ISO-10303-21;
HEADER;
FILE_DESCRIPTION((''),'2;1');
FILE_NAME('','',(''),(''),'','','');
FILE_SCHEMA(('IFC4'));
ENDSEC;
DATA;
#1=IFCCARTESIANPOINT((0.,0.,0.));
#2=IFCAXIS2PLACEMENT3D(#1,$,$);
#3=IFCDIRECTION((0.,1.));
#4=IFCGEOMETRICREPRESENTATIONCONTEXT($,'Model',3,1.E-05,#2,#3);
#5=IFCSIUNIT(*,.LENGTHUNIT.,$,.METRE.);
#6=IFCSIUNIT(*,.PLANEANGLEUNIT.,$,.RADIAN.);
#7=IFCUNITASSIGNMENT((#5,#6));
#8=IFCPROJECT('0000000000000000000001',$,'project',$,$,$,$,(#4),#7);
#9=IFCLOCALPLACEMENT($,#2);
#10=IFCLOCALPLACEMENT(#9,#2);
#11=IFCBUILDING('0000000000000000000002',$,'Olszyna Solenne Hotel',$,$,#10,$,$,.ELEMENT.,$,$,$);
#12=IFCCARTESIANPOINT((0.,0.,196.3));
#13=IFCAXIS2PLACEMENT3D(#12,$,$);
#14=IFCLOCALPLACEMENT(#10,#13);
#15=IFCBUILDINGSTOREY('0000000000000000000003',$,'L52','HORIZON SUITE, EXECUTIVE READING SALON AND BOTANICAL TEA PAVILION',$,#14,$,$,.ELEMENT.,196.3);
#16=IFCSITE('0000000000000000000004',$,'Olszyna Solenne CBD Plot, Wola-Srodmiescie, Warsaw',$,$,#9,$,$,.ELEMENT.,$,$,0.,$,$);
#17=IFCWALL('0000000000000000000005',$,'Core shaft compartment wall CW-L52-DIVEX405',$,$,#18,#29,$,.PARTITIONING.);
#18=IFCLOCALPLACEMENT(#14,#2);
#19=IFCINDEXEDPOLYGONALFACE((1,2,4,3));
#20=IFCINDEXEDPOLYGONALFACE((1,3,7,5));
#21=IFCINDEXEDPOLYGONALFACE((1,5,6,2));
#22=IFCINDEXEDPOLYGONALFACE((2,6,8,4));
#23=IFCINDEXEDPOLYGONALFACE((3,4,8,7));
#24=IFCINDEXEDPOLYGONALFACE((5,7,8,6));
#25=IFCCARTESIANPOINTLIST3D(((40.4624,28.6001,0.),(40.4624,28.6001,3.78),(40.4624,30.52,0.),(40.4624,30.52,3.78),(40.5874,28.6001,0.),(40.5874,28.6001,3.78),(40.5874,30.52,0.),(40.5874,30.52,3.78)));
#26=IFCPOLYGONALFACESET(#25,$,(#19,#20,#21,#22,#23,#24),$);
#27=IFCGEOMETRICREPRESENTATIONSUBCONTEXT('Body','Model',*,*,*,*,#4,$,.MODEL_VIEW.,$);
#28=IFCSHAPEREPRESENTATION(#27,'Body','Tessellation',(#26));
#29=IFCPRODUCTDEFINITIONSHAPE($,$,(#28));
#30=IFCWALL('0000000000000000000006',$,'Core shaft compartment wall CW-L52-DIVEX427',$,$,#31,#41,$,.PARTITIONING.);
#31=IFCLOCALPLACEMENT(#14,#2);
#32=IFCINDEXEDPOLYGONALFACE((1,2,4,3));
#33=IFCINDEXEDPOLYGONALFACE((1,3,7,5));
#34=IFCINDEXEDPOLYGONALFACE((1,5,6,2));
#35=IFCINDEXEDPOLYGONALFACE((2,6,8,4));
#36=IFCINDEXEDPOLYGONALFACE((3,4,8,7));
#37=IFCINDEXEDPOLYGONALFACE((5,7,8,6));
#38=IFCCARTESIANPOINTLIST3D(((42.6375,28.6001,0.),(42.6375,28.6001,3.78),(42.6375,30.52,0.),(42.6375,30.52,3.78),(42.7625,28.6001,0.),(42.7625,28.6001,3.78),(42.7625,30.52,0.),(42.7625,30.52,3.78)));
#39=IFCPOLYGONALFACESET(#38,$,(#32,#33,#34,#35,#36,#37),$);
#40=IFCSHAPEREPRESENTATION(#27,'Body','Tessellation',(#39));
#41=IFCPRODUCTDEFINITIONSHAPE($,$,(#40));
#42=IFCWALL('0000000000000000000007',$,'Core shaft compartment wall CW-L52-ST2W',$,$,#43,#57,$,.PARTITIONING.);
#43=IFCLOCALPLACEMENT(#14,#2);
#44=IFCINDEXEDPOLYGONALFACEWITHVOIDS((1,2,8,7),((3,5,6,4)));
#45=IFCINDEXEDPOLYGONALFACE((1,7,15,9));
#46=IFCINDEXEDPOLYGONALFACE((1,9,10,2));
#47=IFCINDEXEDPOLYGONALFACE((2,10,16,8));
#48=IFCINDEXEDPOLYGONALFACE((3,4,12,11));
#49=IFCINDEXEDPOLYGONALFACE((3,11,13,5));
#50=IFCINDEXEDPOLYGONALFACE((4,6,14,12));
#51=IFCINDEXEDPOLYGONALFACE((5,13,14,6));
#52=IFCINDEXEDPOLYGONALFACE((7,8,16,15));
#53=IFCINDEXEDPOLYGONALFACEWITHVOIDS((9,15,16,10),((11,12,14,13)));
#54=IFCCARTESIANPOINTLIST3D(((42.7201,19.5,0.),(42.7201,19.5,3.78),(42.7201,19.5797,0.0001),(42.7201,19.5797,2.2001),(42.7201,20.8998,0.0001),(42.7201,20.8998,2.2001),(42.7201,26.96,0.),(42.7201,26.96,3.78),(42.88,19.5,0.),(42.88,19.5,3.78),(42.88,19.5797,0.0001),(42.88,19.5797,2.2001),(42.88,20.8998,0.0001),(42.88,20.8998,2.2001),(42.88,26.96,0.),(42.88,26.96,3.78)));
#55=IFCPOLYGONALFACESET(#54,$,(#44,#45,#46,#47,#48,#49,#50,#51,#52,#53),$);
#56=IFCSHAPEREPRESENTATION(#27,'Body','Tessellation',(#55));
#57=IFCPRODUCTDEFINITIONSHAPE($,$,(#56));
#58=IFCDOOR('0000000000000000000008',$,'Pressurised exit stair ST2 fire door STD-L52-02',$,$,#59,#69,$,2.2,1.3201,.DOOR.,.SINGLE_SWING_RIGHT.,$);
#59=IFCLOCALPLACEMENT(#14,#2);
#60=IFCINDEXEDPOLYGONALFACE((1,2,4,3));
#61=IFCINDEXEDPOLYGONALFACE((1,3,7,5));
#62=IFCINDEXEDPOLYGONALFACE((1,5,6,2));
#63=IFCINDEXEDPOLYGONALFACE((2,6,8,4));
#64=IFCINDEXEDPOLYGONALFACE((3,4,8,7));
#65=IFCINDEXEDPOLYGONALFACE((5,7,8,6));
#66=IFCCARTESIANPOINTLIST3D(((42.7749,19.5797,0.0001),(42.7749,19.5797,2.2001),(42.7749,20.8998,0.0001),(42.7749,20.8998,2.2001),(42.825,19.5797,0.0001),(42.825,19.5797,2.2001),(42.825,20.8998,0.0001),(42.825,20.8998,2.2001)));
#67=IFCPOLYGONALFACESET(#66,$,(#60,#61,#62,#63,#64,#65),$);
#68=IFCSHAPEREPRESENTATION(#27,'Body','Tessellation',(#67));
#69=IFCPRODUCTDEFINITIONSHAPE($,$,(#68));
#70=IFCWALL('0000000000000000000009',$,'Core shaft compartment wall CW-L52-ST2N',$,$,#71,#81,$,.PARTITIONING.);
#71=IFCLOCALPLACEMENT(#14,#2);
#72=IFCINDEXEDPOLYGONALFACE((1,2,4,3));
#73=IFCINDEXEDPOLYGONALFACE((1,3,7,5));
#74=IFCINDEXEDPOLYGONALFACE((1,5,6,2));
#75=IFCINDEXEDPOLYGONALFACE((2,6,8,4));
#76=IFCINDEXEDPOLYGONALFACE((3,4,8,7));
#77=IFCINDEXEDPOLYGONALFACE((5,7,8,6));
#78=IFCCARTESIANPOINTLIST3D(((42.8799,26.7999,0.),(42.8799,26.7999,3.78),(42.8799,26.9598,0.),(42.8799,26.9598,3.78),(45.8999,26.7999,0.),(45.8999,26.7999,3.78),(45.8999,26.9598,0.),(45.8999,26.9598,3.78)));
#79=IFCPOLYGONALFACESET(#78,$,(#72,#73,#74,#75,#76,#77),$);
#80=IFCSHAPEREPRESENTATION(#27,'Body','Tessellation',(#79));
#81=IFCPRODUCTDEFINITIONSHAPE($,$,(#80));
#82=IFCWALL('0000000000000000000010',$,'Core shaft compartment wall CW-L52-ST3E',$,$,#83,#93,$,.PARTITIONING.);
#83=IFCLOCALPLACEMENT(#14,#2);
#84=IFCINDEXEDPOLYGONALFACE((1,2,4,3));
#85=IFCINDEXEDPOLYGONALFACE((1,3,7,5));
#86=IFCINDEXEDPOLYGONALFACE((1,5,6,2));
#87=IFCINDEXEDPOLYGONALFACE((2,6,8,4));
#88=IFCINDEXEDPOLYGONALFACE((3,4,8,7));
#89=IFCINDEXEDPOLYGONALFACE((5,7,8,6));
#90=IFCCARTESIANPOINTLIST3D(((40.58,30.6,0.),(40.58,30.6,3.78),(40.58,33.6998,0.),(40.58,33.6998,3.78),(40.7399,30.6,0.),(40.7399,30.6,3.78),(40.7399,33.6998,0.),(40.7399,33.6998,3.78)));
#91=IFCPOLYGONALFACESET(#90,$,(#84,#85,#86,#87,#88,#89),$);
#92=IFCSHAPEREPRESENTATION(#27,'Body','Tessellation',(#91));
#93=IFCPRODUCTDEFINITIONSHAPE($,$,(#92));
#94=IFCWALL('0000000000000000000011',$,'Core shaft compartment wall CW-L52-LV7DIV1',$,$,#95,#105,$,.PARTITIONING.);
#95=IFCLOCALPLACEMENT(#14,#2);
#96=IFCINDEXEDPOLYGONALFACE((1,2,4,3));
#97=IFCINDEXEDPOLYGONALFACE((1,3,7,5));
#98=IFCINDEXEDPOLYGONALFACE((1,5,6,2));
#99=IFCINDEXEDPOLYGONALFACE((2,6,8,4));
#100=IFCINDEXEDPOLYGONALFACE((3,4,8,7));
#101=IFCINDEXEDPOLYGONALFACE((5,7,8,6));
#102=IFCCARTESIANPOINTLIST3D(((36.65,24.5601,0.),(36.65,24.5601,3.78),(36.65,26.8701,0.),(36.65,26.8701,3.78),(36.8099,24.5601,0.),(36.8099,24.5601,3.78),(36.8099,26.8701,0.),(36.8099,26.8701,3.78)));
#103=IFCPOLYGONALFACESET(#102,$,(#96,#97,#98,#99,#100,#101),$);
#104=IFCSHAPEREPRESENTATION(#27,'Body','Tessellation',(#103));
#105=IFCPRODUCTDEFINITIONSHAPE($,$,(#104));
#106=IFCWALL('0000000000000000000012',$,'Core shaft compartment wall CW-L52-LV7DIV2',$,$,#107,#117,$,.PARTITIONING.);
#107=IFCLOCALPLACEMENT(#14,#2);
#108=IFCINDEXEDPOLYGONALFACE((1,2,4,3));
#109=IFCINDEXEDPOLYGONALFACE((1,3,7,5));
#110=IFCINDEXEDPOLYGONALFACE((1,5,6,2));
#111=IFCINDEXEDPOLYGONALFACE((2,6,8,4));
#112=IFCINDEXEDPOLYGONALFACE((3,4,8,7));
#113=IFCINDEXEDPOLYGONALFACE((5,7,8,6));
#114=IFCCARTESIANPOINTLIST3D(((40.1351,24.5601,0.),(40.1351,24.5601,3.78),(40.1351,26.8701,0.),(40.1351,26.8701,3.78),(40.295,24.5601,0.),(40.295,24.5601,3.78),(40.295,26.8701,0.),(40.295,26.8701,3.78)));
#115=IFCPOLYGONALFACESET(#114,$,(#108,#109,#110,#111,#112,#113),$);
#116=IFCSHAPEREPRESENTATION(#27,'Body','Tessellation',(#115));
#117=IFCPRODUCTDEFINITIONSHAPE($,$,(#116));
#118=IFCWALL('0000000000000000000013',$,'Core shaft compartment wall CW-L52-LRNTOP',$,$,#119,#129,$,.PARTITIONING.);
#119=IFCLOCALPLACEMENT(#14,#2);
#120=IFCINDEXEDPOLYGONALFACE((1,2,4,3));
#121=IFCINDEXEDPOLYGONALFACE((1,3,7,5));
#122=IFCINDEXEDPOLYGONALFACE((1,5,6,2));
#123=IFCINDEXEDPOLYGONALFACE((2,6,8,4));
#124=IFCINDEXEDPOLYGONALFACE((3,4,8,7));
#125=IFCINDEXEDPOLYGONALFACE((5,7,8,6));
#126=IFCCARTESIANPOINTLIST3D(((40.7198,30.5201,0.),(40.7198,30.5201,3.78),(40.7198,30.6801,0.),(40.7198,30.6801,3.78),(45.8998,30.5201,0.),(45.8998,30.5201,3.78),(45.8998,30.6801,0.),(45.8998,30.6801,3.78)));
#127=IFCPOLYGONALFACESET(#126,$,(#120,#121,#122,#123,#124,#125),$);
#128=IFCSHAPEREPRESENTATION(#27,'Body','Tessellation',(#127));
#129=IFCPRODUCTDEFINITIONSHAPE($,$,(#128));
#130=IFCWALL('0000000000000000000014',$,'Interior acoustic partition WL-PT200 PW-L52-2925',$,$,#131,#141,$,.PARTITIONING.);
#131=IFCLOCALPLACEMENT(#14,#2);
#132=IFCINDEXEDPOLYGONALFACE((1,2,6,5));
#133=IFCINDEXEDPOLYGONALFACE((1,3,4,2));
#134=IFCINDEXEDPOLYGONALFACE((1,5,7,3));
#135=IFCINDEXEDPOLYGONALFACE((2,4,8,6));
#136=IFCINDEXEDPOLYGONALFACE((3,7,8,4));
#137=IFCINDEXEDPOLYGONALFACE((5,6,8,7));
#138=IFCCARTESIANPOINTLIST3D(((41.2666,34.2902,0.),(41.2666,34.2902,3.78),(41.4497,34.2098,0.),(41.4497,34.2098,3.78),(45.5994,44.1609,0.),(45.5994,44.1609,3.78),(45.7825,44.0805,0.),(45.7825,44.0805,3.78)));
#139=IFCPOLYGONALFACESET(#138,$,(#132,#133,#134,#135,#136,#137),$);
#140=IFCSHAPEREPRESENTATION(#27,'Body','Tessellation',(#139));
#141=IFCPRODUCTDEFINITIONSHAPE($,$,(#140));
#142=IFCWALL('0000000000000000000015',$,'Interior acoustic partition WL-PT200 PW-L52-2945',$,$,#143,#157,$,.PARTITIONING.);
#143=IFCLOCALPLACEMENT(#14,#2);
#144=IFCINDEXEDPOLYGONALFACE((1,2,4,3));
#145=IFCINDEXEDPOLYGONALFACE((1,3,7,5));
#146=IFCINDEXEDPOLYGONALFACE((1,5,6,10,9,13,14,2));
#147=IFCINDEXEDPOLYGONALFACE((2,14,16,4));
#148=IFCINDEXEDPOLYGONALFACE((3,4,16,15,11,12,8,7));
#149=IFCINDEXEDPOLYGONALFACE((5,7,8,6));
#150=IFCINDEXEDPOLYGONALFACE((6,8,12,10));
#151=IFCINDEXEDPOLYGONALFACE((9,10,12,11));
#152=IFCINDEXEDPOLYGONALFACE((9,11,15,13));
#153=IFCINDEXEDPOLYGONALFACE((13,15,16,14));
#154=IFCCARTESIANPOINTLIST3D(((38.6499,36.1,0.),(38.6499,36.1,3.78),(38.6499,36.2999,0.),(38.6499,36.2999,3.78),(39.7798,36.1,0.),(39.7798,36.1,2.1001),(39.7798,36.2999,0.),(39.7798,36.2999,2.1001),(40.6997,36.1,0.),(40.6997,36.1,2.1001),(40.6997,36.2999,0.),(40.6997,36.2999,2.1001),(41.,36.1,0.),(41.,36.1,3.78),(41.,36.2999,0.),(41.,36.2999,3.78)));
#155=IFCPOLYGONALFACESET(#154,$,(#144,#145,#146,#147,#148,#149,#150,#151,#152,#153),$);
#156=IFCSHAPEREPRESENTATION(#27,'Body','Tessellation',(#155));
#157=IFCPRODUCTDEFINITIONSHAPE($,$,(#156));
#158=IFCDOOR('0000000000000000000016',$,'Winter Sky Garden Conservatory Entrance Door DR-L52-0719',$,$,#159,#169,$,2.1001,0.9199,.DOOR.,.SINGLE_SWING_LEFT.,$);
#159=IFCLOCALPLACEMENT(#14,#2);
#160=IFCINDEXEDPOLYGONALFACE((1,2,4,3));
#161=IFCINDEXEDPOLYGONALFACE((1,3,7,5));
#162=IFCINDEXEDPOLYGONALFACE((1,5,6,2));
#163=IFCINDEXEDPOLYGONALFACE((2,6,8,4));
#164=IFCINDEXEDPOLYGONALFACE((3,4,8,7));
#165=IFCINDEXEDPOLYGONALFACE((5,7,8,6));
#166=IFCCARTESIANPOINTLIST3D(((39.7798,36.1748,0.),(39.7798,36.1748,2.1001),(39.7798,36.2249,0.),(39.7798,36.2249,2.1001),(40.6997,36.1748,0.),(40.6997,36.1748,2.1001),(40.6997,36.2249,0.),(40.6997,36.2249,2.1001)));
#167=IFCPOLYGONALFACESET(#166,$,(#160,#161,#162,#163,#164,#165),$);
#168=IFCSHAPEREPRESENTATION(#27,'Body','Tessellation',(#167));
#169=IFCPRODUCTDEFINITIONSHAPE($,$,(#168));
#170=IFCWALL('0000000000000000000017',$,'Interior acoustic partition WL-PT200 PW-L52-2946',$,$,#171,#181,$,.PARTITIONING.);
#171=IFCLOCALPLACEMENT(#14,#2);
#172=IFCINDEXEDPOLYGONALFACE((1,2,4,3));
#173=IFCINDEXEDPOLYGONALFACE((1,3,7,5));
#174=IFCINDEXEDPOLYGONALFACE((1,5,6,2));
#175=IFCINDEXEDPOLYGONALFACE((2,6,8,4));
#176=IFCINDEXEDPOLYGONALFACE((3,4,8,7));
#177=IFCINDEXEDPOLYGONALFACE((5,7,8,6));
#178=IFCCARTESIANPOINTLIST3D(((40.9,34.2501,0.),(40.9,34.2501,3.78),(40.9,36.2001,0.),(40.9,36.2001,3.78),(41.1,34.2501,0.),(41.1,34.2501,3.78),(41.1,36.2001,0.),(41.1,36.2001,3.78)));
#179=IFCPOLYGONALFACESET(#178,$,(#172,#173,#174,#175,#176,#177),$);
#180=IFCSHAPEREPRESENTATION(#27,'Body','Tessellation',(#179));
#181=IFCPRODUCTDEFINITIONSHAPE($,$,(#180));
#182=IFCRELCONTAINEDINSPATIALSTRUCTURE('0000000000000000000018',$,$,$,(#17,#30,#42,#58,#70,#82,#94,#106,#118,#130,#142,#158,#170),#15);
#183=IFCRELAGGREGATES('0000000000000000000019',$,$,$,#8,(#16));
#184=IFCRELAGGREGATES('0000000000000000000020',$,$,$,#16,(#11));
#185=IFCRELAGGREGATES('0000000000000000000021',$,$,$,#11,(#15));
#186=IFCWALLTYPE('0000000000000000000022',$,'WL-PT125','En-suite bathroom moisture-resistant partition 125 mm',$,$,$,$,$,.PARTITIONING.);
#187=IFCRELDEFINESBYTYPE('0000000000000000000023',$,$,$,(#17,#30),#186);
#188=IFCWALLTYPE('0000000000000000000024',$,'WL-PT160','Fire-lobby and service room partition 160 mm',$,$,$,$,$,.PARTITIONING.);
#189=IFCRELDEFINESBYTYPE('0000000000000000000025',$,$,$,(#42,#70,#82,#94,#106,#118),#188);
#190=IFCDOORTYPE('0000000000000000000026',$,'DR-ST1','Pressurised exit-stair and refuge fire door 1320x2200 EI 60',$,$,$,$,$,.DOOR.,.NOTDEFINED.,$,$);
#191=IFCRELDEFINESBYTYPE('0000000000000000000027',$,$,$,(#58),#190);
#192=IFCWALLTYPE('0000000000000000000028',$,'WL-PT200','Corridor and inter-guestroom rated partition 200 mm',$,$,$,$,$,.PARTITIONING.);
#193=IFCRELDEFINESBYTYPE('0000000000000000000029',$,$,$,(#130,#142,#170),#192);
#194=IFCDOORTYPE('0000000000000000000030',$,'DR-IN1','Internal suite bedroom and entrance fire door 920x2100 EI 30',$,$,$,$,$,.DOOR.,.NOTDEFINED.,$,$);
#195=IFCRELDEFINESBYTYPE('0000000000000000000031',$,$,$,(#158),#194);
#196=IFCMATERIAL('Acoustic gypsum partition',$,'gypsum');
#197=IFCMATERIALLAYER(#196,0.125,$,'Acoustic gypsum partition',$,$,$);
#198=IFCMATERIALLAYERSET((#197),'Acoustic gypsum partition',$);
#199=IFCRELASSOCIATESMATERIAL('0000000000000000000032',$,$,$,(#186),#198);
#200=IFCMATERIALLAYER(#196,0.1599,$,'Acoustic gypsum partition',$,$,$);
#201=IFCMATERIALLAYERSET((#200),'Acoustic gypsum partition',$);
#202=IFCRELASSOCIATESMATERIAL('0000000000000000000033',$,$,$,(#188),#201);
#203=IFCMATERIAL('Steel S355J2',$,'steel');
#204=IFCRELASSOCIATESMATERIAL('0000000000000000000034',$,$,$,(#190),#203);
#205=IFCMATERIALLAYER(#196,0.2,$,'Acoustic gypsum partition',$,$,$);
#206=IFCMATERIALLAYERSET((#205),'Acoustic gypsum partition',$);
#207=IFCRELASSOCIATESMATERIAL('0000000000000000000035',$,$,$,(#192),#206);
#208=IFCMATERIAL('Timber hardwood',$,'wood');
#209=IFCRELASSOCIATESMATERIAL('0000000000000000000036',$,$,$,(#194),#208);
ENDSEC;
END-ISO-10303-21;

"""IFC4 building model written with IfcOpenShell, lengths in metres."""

from ifc_helpers import new_model, si_unit, direction, frame, frame_2d, origin, place, context, subcontext, project, spatial, rectangle, extrude, source, transform, mapped, material, layer, layer_set, type_object, type_shapes, element, fill, save


model = new_model("IFC4")

# Units and contexts
model_context = context("Model", 3, precision=1e-05, world=origin(), true_north=direction((0.0, 1.0)))
body_context = subcontext(model_context, "Body", "Model", "MODEL_VIEW")
ifc_project = project(units=[si_unit("LENGTHUNIT", "METRE"), si_unit("PLANEANGLEUNIT", "RADIAN")], contexts=[model_context])

# Site, building, storey
site_placement = place(None, origin())
site = spatial("IfcSite", under=ifc_project, at=site_placement, Name="Olszyna Solenne CBD Plot, Wola-Srodmiescie, Warsaw", CompositionType="ELEMENT", RefElevation=0.0)
building_placement = place(site_placement, origin())
building = spatial("IfcBuilding", under=site, at=building_placement, Name="Olszyna Solenne Hotel", CompositionType="ELEMENT")
storey_placement = place(building_placement, frame((0.0, 0.0, 196.3)))
storey = spatial("IfcBuildingStorey", under=building, at=storey_placement, Name="L52", Description="HORIZON SUITE, EXECUTIVE READING SALON AND BOTANICAL TEA PAVILION", CompositionType="ELEMENT", Elevation=196.3)

# Shared definitions
ifc_material_1 = material(Name="Steel S355J2", Category="steel")

# Walls
ifc_material_2 = material(Name="Acoustic gypsum partition", Category="gypsum")
ifc_layer_1 = layer(ifc_material_2, 0.125, Name="Acoustic gypsum partition")
ifc_layer_set_1 = layer_set([ifc_layer_1], Name="Acoustic gypsum partition")
wall_type_1 = type_object("IfcWallType", Name="WL-PT125", Description="En-suite bathroom moisture-resistant partition 125 mm", PredefinedType="PARTITIONING", material=ifc_layer_set_1)
for number, where, z_axis, x_axis, name in (
    (1, (40.5249, 28.6001, 0.0), (0.0, 0.0, 1.0), (0.0, 1.0, 0.0), "Core shaft compartment wall CW-L52-DIVEX405"),
    (2, (42.7, 28.6001, 0.0), (0.0, 0.0, 1.0), (0.0, 1.0, 0.0), "Core shaft compartment wall CW-L52-DIVEX427"),
):
    element("IfcWall", number, at=place(storey_placement, frame(where, z_axis=z_axis, x_axis=x_axis)), inside=storey, type_object=wall_type_1, Name=name, PredefinedType="PARTITIONING", context=body_context, shape_type="SweptSolid", body=[
        extrude(rectangle(XDim=1.9199, YDim=0.125, at=frame_2d((0.96, 0.0))), origin(), (0.0, 0.0, 1.0), 3.78),
    ])

# Wall, opening, door
ifc_layer_2 = layer(ifc_material_2, 0.1599, Name="Acoustic gypsum partition")
ifc_layer_set_2 = layer_set([ifc_layer_2], Name="Acoustic gypsum partition")
wall_type_2 = type_object("IfcWallType", Name="WL-PT160", Description="Fire-lobby and service room partition 160 mm", PredefinedType="PARTITIONING", material=ifc_layer_set_2)
wall_1_placement = place(storey_placement, frame((42.8, 26.96, 0.0), z_axis=(0.0, 0.0, 1.0), x_axis=(0.0, -1.0, 0.0)))
wall_1 = element("IfcWall", 3, at=wall_1_placement, inside=storey, type_object=wall_type_2, Name="Core shaft compartment wall CW-L52-ST2W", PredefinedType="PARTITIONING", context=body_context, shape_type="SweptSolid", body=[
    extrude(rectangle(XDim=7.46, YDim=0.1599, at=frame_2d((3.73, 0.0))), origin(), (0.0, 0.0, 1.0), 3.78),
])
opening_1_placement = place(wall_1_placement, frame((6.0601, 0.0, 0.0)))
opening_1 = element("IfcOpeningElement", 4, at=opening_1_placement, cuts=wall_1, PredefinedType="OPENING", context=body_context, shape_type="SweptSolid", body=[
    extrude(rectangle(XDim=1.3201, YDim=2.2, at=frame_2d((0.6602, 1.1001))), frame((0.0, 0.0898, 0.0), z_axis=(0.0, -1.0, 0.0), x_axis=(1.0, 0.0, 0.0)), (0.0, 0.0, 1.0), 0.1799),
])
door_type_1 = type_object("IfcDoorType", Name="DR-ST1", Description="Pressurised exit-stair and refuge fire door 1320x2200 EI 60", OperationType="NOTDEFINED", PredefinedType="DOOR", material=ifc_material_1)
shared_shape_1 = source(origin(), body_context, "Body", "SweptSolid", [
    extrude(rectangle(XDim=1.3201, YDim=2.2, at=frame_2d((0.6602, 1.1001))), frame((0.0, 0.0249, 0.0), z_axis=(0.0, -1.0, 0.0), x_axis=(1.0, 0.0, 0.0)), (0.0, 0.0, 1.0), 0.05),
])
type_shapes(door_type_1, [shared_shape_1])
door_1_placement = place(opening_1_placement, origin())
door_1 = element("IfcDoor", 5, at=door_1_placement, inside=storey, type_object=door_type_1, Name="Pressurised exit stair ST2 fire door STD-L52-02", OperationType="SINGLE_SWING_RIGHT", OverallHeight=2.2, OverallWidth=1.3201, PredefinedType="DOOR", context=body_context, shape_type="MappedRepresentation", body=[
    mapped(shared_shape_1, transform((0.0, 0.0, 0.0), x_axis=(1.0, 0.0, 0.0), y_axis=(0.0, 1.0, 0.0), z_axis=(0.0, 0.0, 1.0), scale=1.0)),
])
fill(opening_1, door_1)

# Walls
wall_2_placement = place(storey_placement, frame((42.8799, 26.8799, 0.0), z_axis=(0.0, 0.0, 1.0), x_axis=(1.0, 0.0, 0.0)))
element("IfcWall", 6, at=wall_2_placement, inside=storey, type_object=wall_type_2, Name="Core shaft compartment wall CW-L52-ST2N", PredefinedType="PARTITIONING", context=body_context, shape_type="SweptSolid", body=[
    extrude(rectangle(XDim=3.02, YDim=0.1599, at=frame_2d((1.51, 0.0))), origin(), (0.0, 0.0, 1.0), 3.78),
])
wall_3_placement = place(storey_placement, frame((40.6599, 30.6001, 0.0), z_axis=(0.0, 0.0, 1.0), x_axis=(0.0, 1.0, 0.0)))
element("IfcWall", 7, at=wall_3_placement, inside=storey, type_object=wall_type_2, Name="Core shaft compartment wall CW-L52-ST3E", PredefinedType="PARTITIONING", context=body_context, shape_type="SweptSolid", body=[
    extrude(rectangle(XDim=3.0999, YDim=0.1599, at=frame_2d((1.5498, 0.0))), origin(), (0.0, 0.0, 1.0), 3.78),
])
for number, where, z_axis, x_axis, name in (
    (8, (36.73, 24.5601, 0.0), (0.0, 0.0, 1.0), (0.0, 1.0, 0.0), "Core shaft compartment wall CW-L52-LV7DIV1"),
    (9, (40.2151, 24.5601, 0.0), (0.0, 0.0, 1.0), (0.0, 1.0, 0.0), "Core shaft compartment wall CW-L52-LV7DIV2"),
):
    element("IfcWall", number, at=place(storey_placement, frame(where, z_axis=z_axis, x_axis=x_axis)), inside=storey, type_object=wall_type_2, Name=name, PredefinedType="PARTITIONING", context=body_context, shape_type="SweptSolid", body=[
        extrude(rectangle(XDim=2.3101, YDim=0.1599, at=frame_2d((1.155, 0.0))), origin(), (0.0, 0.0, 1.0), 3.78),
    ])
wall_4_placement = place(storey_placement, frame((40.72, 30.6001, 0.0), z_axis=(0.0, 0.0, 1.0), x_axis=(1.0, 0.0, 0.0)))
element("IfcWall", 10, at=wall_4_placement, inside=storey, type_object=wall_type_2, Name="Core shaft compartment wall CW-L52-LRNTOP", PredefinedType="PARTITIONING", context=body_context, shape_type="SweptSolid", body=[
    extrude(rectangle(XDim=5.1799, YDim=0.1599, at=frame_2d((2.5898, 0.0))), origin(), (0.0, 0.0, 1.0), 3.78),
])
ifc_layer_3 = layer(ifc_material_2, 0.2, Name="Acoustic gypsum partition")
ifc_layer_set_3 = layer_set([ifc_layer_3], Name="Acoustic gypsum partition")
wall_type_3 = type_object("IfcWallType", Name="WL-PT200", Description="Corridor and inter-guestroom rated partition 200 mm", PredefinedType="PARTITIONING", material=ifc_layer_set_3)
wall_5_placement = place(storey_placement, frame((41.3582, 34.25, 0.0), z_axis=(0.0, 0.0, 1.0), x_axis=(0.401938, 0.915667, 0.0)))
element("IfcWall", 11, at=wall_5_placement, inside=storey, type_object=wall_type_3, Name="Interior acoustic partition WL-PT200 PW-L52-2925", PredefinedType="PARTITIONING", context=body_context, shape_type="SweptSolid", body=[
    extrude(rectangle(XDim=10.7798, YDim=0.2, at=frame_2d((5.3899, 0.0))), origin(), (0.0, 0.0, 1.0), 3.78),
])

# Wall, opening, door
wall_6_placement = place(storey_placement, frame((38.6499, 36.2, 0.0), z_axis=(0.0, 0.0, 1.0), x_axis=(1.0, 0.0, 0.0)))
wall_6 = element("IfcWall", 12, at=wall_6_placement, inside=storey, type_object=wall_type_3, Name="Interior acoustic partition WL-PT200 PW-L52-2945", PredefinedType="PARTITIONING", context=body_context, shape_type="SweptSolid", body=[
    extrude(rectangle(XDim=2.3501, YDim=0.2, at=frame_2d((1.175, 0.0))), origin(), (0.0, 0.0, 1.0), 3.78),
])
opening_2_placement = place(wall_6_placement, frame((1.1299, 0.0, 0.0)))
opening_2 = element("IfcOpeningElement", 13, at=opening_2_placement, cuts=wall_6, PredefinedType="OPENING", context=body_context, shape_type="SweptSolid", body=[
    extrude(rectangle(XDim=0.9199, YDim=2.1001, at=frame_2d((0.46, 1.05))), frame((0.0, 0.1099, 0.0), z_axis=(0.0, -1.0, 0.0), x_axis=(1.0, 0.0, 0.0)), (0.0, 0.0, 1.0), 0.22),
])
ifc_material_3 = material(Name="Timber hardwood", Category="wood")
door_type_2 = type_object("IfcDoorType", Name="DR-IN1", Description="Internal suite bedroom and entrance fire door 920x2100 EI 30", OperationType="NOTDEFINED", PredefinedType="DOOR", material=ifc_material_3)
shared_shape_2 = source(origin(), body_context, "Body", "SweptSolid", [
    extrude(rectangle(XDim=0.9199, YDim=2.1001, at=frame_2d((0.46, 1.05))), frame((0.0, 0.0249, 0.0), z_axis=(0.0, -1.0, 0.0), x_axis=(1.0, 0.0, 0.0)), (0.0, 0.0, 1.0), 0.05),
])
type_shapes(door_type_2, [shared_shape_2])
door_2_placement = place(opening_2_placement, origin())
door_2 = element("IfcDoor", 14, at=door_2_placement, inside=storey, type_object=door_type_2, Name="Winter Sky Garden Conservatory Entrance Door DR-L52-0719", OperationType="SINGLE_SWING_LEFT", OverallHeight=2.1001, OverallWidth=0.9199, PredefinedType="DOOR", context=body_context, shape_type="MappedRepresentation", body=[
    mapped(shared_shape_2, transform((0.0, 0.0, 0.0), x_axis=(1.0, 0.0, 0.0), y_axis=(0.0, 1.0, 0.0), z_axis=(0.0, 0.0, 1.0), scale=1.0)),
])
fill(opening_2, door_2)

# Wall
wall_7_placement = place(storey_placement, frame((41.0, 34.25, 0.0), z_axis=(0.0, 0.0, 1.0), x_axis=(0.0, 1.0, 0.0)))
element("IfcWall", 15, at=wall_7_placement, inside=storey, type_object=wall_type_3, Name="Interior acoustic partition WL-PT200 PW-L52-2946", PredefinedType="PARTITIONING", context=body_context, shape_type="SweptSolid", body=[
    extrude(rectangle(XDim=1.95, YDim=0.2, at=frame_2d((0.9751, 0.0))), origin(), (0.0, 0.0, 1.0), 3.78),
])

save(model, "model.ifc")
